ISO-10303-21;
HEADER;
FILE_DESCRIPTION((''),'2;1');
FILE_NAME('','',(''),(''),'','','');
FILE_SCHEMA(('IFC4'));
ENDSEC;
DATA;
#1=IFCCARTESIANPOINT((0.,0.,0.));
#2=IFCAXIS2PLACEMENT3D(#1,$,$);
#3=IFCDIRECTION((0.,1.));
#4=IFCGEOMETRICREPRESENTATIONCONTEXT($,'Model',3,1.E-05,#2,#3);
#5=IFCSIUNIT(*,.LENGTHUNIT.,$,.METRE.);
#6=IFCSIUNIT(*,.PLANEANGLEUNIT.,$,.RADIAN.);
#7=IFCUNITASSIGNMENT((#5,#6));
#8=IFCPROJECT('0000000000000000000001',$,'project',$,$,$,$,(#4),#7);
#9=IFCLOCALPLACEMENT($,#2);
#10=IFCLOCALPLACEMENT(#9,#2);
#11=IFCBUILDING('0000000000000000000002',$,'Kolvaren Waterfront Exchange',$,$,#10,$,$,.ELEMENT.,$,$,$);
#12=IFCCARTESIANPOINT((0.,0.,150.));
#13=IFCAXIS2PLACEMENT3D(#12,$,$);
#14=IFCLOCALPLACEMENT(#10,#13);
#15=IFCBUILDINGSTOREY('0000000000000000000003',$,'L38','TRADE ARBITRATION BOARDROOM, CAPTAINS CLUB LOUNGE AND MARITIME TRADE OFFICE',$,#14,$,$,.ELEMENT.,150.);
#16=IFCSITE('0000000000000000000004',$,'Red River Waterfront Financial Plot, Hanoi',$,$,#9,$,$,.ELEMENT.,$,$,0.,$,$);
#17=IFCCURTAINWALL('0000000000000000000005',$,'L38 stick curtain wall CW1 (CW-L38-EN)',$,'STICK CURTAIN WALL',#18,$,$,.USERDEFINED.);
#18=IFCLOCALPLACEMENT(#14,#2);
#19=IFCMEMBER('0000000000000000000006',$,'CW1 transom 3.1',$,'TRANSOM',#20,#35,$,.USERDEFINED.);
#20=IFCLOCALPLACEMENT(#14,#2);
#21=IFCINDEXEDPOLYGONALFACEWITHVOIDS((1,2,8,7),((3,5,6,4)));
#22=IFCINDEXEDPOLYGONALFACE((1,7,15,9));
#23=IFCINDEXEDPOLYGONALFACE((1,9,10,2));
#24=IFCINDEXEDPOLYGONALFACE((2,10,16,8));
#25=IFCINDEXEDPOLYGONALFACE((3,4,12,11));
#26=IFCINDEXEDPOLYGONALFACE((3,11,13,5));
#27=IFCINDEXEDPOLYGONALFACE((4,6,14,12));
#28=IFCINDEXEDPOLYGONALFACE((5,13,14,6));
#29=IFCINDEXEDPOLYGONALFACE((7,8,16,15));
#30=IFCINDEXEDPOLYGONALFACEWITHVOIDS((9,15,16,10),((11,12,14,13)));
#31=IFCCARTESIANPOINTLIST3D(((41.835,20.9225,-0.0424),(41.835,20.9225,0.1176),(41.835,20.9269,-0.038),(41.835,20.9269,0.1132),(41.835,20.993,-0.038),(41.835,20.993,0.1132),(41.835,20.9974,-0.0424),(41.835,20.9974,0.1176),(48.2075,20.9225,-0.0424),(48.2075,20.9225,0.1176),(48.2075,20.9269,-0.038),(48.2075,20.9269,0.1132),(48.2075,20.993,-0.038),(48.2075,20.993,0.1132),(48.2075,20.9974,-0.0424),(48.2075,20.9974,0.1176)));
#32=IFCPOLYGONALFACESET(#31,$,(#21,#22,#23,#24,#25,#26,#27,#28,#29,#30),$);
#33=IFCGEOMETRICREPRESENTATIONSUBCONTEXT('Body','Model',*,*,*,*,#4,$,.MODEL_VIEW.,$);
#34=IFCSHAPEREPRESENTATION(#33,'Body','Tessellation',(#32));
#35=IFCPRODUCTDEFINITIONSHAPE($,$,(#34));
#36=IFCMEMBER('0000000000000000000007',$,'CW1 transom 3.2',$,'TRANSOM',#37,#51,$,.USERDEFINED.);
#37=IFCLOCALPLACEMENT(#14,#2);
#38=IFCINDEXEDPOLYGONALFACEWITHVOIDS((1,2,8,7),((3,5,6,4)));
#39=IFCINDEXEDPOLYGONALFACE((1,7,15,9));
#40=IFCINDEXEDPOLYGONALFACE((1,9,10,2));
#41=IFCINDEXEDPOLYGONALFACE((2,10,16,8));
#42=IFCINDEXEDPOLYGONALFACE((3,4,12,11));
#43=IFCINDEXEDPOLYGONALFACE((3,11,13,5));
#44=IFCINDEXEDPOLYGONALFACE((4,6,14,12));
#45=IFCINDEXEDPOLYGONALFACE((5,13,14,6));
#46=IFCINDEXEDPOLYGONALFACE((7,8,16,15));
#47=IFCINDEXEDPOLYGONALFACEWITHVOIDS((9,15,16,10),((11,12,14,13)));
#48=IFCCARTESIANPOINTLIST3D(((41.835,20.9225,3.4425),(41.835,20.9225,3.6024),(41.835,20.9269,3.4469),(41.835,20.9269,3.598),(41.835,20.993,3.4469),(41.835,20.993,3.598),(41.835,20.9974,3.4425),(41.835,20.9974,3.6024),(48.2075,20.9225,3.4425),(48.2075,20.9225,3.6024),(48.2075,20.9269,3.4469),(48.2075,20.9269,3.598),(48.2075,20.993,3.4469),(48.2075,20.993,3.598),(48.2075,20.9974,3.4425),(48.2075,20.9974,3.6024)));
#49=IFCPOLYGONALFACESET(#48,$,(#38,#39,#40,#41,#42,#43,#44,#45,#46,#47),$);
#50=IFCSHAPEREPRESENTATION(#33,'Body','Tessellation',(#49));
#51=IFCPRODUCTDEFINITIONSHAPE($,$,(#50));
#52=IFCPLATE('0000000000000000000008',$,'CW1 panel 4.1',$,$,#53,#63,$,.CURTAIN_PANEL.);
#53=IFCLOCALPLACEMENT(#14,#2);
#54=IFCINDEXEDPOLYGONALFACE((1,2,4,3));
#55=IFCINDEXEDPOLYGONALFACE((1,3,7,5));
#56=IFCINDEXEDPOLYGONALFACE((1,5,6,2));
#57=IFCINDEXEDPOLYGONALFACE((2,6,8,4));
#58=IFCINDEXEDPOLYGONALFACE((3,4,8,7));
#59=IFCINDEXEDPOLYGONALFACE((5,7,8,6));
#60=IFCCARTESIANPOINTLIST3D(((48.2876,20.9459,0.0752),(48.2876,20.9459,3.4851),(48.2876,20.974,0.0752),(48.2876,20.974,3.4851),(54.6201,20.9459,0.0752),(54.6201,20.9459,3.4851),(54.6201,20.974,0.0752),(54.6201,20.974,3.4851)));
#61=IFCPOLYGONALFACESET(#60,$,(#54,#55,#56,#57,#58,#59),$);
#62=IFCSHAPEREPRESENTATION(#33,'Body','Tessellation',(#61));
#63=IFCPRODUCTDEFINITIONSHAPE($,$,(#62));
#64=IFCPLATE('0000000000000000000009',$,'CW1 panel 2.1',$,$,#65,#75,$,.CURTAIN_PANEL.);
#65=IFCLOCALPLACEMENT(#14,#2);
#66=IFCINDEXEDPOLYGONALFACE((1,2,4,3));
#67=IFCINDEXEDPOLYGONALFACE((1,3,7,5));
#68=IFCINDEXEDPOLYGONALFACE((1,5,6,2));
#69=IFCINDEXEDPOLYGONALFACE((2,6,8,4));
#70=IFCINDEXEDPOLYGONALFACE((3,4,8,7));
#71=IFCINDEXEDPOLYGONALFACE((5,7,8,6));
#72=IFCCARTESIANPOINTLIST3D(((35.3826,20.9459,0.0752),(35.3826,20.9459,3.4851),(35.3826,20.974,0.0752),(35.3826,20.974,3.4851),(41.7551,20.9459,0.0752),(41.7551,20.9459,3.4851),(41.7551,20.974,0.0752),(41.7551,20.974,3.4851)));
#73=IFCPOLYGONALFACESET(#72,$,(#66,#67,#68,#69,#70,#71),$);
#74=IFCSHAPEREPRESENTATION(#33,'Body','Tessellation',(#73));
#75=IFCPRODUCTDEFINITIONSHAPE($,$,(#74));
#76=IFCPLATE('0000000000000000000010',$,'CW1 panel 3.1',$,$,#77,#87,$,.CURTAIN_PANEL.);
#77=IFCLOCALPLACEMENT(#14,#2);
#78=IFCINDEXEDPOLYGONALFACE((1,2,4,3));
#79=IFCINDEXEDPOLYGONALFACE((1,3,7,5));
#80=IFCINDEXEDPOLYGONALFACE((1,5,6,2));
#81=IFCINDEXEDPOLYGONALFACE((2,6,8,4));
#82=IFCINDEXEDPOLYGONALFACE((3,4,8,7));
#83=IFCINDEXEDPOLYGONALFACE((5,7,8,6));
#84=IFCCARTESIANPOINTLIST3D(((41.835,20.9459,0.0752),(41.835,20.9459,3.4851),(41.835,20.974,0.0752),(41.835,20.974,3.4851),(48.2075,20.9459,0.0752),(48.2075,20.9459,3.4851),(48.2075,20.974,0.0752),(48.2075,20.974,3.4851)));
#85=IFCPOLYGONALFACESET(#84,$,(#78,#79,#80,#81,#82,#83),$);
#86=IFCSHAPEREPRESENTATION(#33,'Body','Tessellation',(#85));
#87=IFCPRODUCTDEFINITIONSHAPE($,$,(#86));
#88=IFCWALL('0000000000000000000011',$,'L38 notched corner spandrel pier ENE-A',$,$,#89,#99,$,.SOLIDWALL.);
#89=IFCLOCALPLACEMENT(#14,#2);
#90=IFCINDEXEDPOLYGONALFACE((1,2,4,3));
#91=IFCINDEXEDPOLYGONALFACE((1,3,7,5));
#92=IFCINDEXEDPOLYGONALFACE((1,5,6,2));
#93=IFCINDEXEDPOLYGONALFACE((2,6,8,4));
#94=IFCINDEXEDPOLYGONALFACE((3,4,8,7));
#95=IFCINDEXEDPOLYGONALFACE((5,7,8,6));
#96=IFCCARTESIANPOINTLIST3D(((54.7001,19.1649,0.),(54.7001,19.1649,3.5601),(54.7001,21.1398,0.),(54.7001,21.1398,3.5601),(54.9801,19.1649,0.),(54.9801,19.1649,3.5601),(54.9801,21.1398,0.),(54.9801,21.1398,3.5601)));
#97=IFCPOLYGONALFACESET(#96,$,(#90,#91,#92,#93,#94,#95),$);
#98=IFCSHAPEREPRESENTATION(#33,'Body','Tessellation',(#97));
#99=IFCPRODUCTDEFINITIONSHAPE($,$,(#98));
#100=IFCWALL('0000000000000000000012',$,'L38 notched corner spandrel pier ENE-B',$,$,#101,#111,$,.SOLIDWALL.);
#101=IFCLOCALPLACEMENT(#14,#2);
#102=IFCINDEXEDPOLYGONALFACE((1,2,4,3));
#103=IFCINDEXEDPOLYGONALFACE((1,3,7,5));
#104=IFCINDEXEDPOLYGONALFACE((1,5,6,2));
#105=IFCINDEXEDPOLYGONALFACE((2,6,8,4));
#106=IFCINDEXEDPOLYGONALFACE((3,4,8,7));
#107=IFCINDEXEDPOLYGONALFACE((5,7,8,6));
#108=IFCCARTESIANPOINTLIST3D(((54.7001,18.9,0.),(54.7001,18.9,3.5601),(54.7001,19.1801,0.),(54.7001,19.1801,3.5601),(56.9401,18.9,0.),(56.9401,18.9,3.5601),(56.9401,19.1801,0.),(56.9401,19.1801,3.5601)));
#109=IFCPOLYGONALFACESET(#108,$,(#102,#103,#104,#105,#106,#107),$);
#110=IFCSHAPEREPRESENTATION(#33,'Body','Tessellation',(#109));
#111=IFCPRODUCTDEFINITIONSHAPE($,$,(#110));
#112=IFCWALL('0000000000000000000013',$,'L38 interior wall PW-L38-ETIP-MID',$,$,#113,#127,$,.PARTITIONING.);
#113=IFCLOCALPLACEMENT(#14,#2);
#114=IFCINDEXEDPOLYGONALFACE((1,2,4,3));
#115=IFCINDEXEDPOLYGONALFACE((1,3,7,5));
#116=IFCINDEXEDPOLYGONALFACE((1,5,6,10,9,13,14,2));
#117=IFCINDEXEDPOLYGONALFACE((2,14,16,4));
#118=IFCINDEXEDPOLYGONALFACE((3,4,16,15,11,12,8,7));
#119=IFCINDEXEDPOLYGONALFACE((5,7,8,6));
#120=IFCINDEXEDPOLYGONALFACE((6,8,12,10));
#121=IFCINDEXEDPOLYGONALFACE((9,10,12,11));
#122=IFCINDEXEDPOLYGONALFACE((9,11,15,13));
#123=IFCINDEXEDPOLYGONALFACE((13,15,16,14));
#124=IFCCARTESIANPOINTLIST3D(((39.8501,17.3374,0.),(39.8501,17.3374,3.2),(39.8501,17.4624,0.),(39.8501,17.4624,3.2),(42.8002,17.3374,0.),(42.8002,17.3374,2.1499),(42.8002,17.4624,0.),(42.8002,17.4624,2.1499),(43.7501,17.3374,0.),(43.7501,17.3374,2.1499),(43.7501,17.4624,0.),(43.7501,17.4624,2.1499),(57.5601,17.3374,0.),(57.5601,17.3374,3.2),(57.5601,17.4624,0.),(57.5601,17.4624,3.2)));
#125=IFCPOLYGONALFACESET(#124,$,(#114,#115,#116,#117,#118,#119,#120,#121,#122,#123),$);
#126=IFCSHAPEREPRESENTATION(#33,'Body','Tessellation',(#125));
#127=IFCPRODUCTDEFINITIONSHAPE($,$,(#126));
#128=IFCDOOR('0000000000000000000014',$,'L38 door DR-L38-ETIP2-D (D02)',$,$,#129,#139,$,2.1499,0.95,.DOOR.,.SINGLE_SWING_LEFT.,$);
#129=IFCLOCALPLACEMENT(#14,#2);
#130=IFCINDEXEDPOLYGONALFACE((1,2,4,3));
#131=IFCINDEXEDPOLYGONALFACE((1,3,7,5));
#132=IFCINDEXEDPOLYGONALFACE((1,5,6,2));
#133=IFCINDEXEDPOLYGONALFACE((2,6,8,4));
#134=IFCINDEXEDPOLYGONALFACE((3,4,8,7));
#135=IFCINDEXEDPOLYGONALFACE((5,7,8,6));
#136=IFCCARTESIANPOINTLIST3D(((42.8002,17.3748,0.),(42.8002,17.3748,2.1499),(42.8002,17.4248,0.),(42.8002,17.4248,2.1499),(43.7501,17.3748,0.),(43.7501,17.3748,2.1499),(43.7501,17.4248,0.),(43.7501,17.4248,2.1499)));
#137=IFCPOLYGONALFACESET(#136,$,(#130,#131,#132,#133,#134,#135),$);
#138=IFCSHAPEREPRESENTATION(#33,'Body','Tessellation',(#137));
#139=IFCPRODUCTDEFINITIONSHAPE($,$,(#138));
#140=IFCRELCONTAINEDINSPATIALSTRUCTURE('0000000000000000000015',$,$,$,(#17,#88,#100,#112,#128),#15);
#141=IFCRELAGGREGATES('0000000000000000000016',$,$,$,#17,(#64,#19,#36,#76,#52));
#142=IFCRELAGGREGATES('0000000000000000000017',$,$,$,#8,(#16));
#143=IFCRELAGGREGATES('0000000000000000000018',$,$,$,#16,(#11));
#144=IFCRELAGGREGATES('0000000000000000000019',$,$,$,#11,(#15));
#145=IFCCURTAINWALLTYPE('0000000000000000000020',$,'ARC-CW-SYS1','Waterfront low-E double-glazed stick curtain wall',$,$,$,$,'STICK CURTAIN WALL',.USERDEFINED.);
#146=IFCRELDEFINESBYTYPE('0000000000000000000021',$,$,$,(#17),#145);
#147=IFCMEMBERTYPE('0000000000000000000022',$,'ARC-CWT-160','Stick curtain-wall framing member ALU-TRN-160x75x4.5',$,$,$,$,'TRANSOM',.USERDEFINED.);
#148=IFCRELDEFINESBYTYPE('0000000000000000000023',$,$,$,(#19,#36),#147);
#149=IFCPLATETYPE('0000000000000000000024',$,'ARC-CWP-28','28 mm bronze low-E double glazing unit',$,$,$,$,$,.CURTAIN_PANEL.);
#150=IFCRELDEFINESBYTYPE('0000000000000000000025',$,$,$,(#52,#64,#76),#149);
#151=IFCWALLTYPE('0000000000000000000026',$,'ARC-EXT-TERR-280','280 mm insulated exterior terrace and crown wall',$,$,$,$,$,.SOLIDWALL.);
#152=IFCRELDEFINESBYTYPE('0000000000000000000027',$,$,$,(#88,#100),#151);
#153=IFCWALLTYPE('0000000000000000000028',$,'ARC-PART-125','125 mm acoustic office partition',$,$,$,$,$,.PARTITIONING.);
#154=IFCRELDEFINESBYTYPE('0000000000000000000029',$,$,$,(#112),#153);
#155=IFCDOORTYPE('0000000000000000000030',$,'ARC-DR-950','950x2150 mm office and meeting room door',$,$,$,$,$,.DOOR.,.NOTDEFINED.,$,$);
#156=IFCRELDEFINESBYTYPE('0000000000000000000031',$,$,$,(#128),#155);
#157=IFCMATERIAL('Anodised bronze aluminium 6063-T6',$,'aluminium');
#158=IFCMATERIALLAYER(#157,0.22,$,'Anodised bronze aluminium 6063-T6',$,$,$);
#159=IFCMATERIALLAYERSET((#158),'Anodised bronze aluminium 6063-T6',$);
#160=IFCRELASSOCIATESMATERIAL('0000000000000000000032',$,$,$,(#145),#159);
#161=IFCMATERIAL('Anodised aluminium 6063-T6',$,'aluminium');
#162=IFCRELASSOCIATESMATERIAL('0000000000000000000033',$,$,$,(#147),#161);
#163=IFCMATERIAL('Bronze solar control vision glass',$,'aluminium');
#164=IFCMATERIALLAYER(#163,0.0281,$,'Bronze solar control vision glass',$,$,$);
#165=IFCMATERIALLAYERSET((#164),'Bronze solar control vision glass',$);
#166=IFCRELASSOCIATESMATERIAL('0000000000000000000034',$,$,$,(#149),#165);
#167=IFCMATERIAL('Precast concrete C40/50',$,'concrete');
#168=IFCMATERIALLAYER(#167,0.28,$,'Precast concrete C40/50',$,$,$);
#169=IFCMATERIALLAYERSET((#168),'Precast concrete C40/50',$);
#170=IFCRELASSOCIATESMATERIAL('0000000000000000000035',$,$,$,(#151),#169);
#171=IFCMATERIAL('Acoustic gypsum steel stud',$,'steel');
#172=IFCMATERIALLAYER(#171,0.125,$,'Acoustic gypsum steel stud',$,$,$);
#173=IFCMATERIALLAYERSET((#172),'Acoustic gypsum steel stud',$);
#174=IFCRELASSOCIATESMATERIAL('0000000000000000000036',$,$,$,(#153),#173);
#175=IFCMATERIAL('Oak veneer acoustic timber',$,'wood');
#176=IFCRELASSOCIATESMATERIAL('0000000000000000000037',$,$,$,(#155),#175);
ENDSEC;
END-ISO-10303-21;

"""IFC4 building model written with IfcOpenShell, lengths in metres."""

from ifc_helpers import new_model, si_unit, direction, frame, frame_2d, origin, origin_with_axes, origin_2d, place, context, subcontext, project, spatial, rectangle, hollow_rectangle, extrude, source, transform, mapped, material, layer, layer_set, material_profile, profile_set, type_object, element, fill, aggregate, save


model = new_model("IFC4")

# Units and contexts
model_context = context("Model", 3, precision=1e-05, world=origin(), true_north=direction((0.0, 1.0)))
body_context = subcontext(model_context, "Body", "Model", "MODEL_VIEW")
ifc_project = project(units=[si_unit("LENGTHUNIT", "METRE"), si_unit("PLANEANGLEUNIT", "RADIAN")], contexts=[model_context])

# Site, building, storey
site_placement = place(None, origin())
site = spatial("IfcSite", under=ifc_project, at=site_placement, Name="Red River Waterfront Financial Plot, Hanoi", CompositionType="ELEMENT", RefElevation=0.0)
building_placement = place(site_placement, origin())
building = spatial("IfcBuilding", under=site, at=building_placement, Name="Kolvaren Waterfront Exchange", CompositionType="ELEMENT")
storey_placement = place(building_placement, frame((0.0, 0.0, 150.0)))
storey = spatial("IfcBuildingStorey", under=building, at=storey_placement, Name="L38", Description="TRADE ARBITRATION BOARDROOM, CAPTAINS CLUB LOUNGE AND MARITIME TRADE OFFICE", CompositionType="ELEMENT", Elevation=150.0)

# Curtain wall, members, plates
ifc_material_1 = material(Name="Anodised bronze aluminium 6063-T6", Category="aluminium")
ifc_layer_1 = layer(ifc_material_1, 0.22, Name="Anodised bronze aluminium 6063-T6")
ifc_layer_set_1 = layer_set([ifc_layer_1], Name="Anodised bronze aluminium 6063-T6")
curtain_wall_type = type_object("IfcCurtainWallType", Name="ARC-CW-SYS1", Description="Waterfront low-E double-glazed stick curtain wall", ElementType="STICK CURTAIN WALL", PredefinedType="USERDEFINED", material=ifc_layer_set_1)
curtain_wall_placement = place(storey_placement, origin())
curtain_wall = element("IfcCurtainWall", 1, at=curtain_wall_placement, inside=storey, type_object=curtain_wall_type, Name="L38 stick curtain wall CW1 (CW-L38-EN)", ObjectType="STICK CURTAIN WALL", PredefinedType="USERDEFINED")
ifc_material_2 = material(Name="Anodised aluminium 6063-T6", Category="aluminium")
ifc_material_profile_1 = material_profile(ifc_material_2, hollow_rectangle(XDim=0.075, YDim=0.1599, WallThickness=0.0044, at=origin_2d()), Name="ALU-TRN-160x75x4.5")
ifc_profile_set_1 = profile_set([ifc_material_profile_1], Name="Anodised aluminium 6063-T6")
member_type_1 = type_object("IfcMemberType", Name="ARC-CWT-160", Description="Stick curtain-wall framing member ALU-TRN-160x75x4.5", ElementType="TRANSOM", PredefinedType="USERDEFINED", material=ifc_profile_set_1)
shared_shape_1 = source(origin_with_axes(), body_context, "Body", "SweptSolid", [
    extrude(hollow_rectangle(XDim=0.075, YDim=0.1599, WallThickness=0.0044, at=origin_2d()), origin(), (0.0, 0.0, 1.0), 6.3726),
])
member_1_placement = place(storey_placement, frame((41.835, 20.96, 0.0376), z_axis=(1.0, 0.0, 0.0), x_axis=(0.0, 1.0, 0.0)))
member_1 = element("IfcMember", 2, at=member_1_placement, type_object=member_type_1, Name="CW1 transom 3.1", ObjectType="TRANSOM", PredefinedType="USERDEFINED", context=body_context, shape_type="MappedRepresentation", body=[
    mapped(shared_shape_1, transform((0.0, 0.0, 0.0), x_axis=(1.0, 0.0, 0.0), y_axis=(0.0, 1.0, 0.0), z_axis=(0.0, 0.0, 1.0), scale=1.0)),
])
member_2_placement = place(storey_placement, frame((41.835, 20.96, 3.5225), z_axis=(1.0, 0.0, 0.0), x_axis=(0.0, 1.0, 0.0)))
member_2 = element("IfcMember", 3, at=member_2_placement, type_object=member_type_1, Name="CW1 transom 3.2", ObjectType="TRANSOM", PredefinedType="USERDEFINED", context=body_context, shape_type="MappedRepresentation", body=[
    mapped(shared_shape_1, transform((0.0, 0.0, 0.0), x_axis=(1.0, 0.0, 0.0), y_axis=(0.0, 1.0, 0.0), z_axis=(0.0, 0.0, 1.0), scale=1.0)),
])
ifc_material_3 = material(Name="Bronze solar control vision glass", Category="aluminium")
ifc_layer_2 = layer(ifc_material_3, 0.0281, Name="Bronze solar control vision glass")
ifc_layer_set_2 = layer_set([ifc_layer_2], Name="Bronze solar control vision glass")
plate_type = type_object("IfcPlateType", Name="ARC-CWP-28", Description="28 mm bronze low-E double glazing unit", PredefinedType="CURTAIN_PANEL", material=ifc_layer_set_2)
shared_shape_2 = source(origin_with_axes(), body_context, "Body", "SweptSolid", [
    extrude(rectangle(XDim=6.3325, YDim=0.0281, at=origin_2d()), origin(), (0.0, 0.0, 1.0), 3.4099),
])
plate_1_placement = place(storey_placement, frame((51.4539, 20.96, 0.0752), z_axis=(0.0, 0.0, 1.0), x_axis=(1.0, 0.0, 0.0)))
plate_1 = element("IfcPlate", 4, at=plate_1_placement, type_object=plate_type, Name="CW1 panel 4.1", PredefinedType="CURTAIN_PANEL", context=body_context, shape_type="MappedRepresentation", body=[
    mapped(shared_shape_2, transform((0.0, 0.0, 0.0), x_axis=(1.0, 0.0, 0.0), y_axis=(0.0, 1.0, 0.0), z_axis=(0.0, 0.0, 1.0), scale=1.0)),
])
shared_shape_3 = source(origin_with_axes(), body_context, "Body", "SweptSolid", [
    extrude(rectangle(XDim=6.3726, YDim=0.0281, at=origin_2d()), origin(), (0.0, 0.0, 1.0), 3.4099),
])
plate_2_placement = place(storey_placement, frame((38.5688, 20.96, 0.0752), z_axis=(0.0, 0.0, 1.0), x_axis=(1.0, 0.0, 0.0)))
plate_2 = element("IfcPlate", 5, at=plate_2_placement, type_object=plate_type, Name="CW1 panel 2.1", PredefinedType="CURTAIN_PANEL", context=body_context, shape_type="MappedRepresentation", body=[
    mapped(shared_shape_3, transform((0.0, 0.0, 0.0), x_axis=(1.0, 0.0, 0.0), y_axis=(0.0, 1.0, 0.0), z_axis=(0.0, 0.0, 1.0), scale=1.0)),
])
plate_3_placement = place(storey_placement, frame((45.0212, 20.96, 0.0752), z_axis=(0.0, 0.0, 1.0), x_axis=(1.0, 0.0, 0.0)))
plate_3 = element("IfcPlate", 6, at=plate_3_placement, type_object=plate_type, Name="CW1 panel 3.1", PredefinedType="CURTAIN_PANEL", context=body_context, shape_type="MappedRepresentation", body=[
    mapped(shared_shape_3, transform((0.0, 0.0, 0.0), x_axis=(1.0, 0.0, 0.0), y_axis=(0.0, 1.0, 0.0), z_axis=(0.0, 0.0, 1.0), scale=1.0)),
])
aggregate(curtain_wall, [plate_2, member_1, member_2, plate_3, plate_1])

# Walls
ifc_material_4 = material(Name="Precast concrete C40/50", Category="concrete")
ifc_layer_3 = layer(ifc_material_4, 0.28, Name="Precast concrete C40/50")
ifc_layer_set_3 = layer_set([ifc_layer_3], Name="Precast concrete C40/50")
wall_type_1 = type_object("IfcWallType", Name="ARC-EXT-TERR-280", Description="280 mm insulated exterior terrace and crown wall", PredefinedType="SOLIDWALL", material=ifc_layer_set_3)
wall_1_placement = place(storey_placement, frame((54.8401, 19.165, 0.0), z_axis=(0.0, 0.0, 1.0), x_axis=(0.0, 1.0, 0.0)))
element("IfcWall", 7, at=wall_1_placement, inside=storey, type_object=wall_type_1, Name="L38 notched corner spandrel pier ENE-A", PredefinedType="SOLIDWALL", context=body_context, shape_type="SweptSolid", body=[
    extrude(rectangle(XDim=1.9749, YDim=0.28, at=frame_2d((0.9873, 0.0))), origin(), (0.0, 0.0, 1.0), 3.5601),
])
wall_2_placement = place(storey_placement, frame((54.7, 19.04, 0.0), z_axis=(0.0, 0.0, 1.0), x_axis=(1.0, 0.0, 0.0)))
element("IfcWall", 8, at=wall_2_placement, inside=storey, type_object=wall_type_1, Name="L38 notched corner spandrel pier ENE-B", PredefinedType="SOLIDWALL", context=body_context, shape_type="SweptSolid", body=[
    extrude(rectangle(XDim=2.24, YDim=0.28, at=frame_2d((1.1201, 0.0))), origin(), (0.0, 0.0, 1.0), 3.5601),
])

# Wall, opening, door
ifc_material_5 = material(Name="Acoustic gypsum steel stud", Category="steel")
ifc_layer_4 = layer(ifc_material_5, 0.125, Name="Acoustic gypsum steel stud")
ifc_layer_set_4 = layer_set([ifc_layer_4], Name="Acoustic gypsum steel stud")
wall_type_2 = type_object("IfcWallType", Name="ARC-PART-125", Description="125 mm acoustic office partition", PredefinedType="PARTITIONING", material=ifc_layer_set_4)
wall_3_placement = place(storey_placement, frame((39.8501, 17.3999, 0.0), z_axis=(0.0, 0.0, 1.0), x_axis=(1.0, 0.0, 0.0)))
wall_3 = element("IfcWall", 9, at=wall_3_placement, inside=storey, type_object=wall_type_2, Name="L38 interior wall PW-L38-ETIP-MID", PredefinedType="PARTITIONING", context=body_context, shape_type="SweptSolid", body=[
    extrude(rectangle(XDim=17.71, YDim=0.125, at=frame_2d((8.855, 0.0))), origin(), (0.0, 0.0, 1.0), 3.2),
])
opening_placement = place(wall_3_placement, frame((2.95, 0.0, 0.0)))
opening = element("IfcOpeningElement", 10, at=opening_placement, cuts=wall_3, PredefinedType="OPENING", context=body_context, shape_type="SweptSolid", body=[
    extrude(rectangle(XDim=0.95, YDim=2.1499, at=frame_2d((0.4751, 1.075))), frame((0.0, 0.0725, 0.0), z_axis=(0.0, -1.0, 0.0), x_axis=(1.0, 0.0, 0.0)), (0.0, 0.0, 1.0), 0.145),
])
ifc_material_6 = material(Name="Oak veneer acoustic timber", Category="wood")
door_type = type_object("IfcDoorType", Name="ARC-DR-950", Description="950x2150 mm office and meeting room door", OperationType="NOTDEFINED", PredefinedType="DOOR", material=ifc_material_6)
door_placement = place(opening_placement, origin())
door = element("IfcDoor", 11, at=door_placement, inside=storey, type_object=door_type, Name="L38 door DR-L38-ETIP2-D (D02)", OperationType="SINGLE_SWING_LEFT", OverallHeight=2.1499, OverallWidth=0.95, PredefinedType="DOOR", context=body_context, shape_type="SweptSolid", body=[
    extrude(rectangle(XDim=0.95, YDim=2.1499, at=frame_2d((0.4751, 1.075))), frame((0.0, 0.0249, 0.0), z_axis=(0.0, -1.0, 0.0), x_axis=(1.0, 0.0, 0.0)), (0.0, 0.0, 1.0), 0.05),
])
fill(opening, door)

save(model, "model.ifc")
